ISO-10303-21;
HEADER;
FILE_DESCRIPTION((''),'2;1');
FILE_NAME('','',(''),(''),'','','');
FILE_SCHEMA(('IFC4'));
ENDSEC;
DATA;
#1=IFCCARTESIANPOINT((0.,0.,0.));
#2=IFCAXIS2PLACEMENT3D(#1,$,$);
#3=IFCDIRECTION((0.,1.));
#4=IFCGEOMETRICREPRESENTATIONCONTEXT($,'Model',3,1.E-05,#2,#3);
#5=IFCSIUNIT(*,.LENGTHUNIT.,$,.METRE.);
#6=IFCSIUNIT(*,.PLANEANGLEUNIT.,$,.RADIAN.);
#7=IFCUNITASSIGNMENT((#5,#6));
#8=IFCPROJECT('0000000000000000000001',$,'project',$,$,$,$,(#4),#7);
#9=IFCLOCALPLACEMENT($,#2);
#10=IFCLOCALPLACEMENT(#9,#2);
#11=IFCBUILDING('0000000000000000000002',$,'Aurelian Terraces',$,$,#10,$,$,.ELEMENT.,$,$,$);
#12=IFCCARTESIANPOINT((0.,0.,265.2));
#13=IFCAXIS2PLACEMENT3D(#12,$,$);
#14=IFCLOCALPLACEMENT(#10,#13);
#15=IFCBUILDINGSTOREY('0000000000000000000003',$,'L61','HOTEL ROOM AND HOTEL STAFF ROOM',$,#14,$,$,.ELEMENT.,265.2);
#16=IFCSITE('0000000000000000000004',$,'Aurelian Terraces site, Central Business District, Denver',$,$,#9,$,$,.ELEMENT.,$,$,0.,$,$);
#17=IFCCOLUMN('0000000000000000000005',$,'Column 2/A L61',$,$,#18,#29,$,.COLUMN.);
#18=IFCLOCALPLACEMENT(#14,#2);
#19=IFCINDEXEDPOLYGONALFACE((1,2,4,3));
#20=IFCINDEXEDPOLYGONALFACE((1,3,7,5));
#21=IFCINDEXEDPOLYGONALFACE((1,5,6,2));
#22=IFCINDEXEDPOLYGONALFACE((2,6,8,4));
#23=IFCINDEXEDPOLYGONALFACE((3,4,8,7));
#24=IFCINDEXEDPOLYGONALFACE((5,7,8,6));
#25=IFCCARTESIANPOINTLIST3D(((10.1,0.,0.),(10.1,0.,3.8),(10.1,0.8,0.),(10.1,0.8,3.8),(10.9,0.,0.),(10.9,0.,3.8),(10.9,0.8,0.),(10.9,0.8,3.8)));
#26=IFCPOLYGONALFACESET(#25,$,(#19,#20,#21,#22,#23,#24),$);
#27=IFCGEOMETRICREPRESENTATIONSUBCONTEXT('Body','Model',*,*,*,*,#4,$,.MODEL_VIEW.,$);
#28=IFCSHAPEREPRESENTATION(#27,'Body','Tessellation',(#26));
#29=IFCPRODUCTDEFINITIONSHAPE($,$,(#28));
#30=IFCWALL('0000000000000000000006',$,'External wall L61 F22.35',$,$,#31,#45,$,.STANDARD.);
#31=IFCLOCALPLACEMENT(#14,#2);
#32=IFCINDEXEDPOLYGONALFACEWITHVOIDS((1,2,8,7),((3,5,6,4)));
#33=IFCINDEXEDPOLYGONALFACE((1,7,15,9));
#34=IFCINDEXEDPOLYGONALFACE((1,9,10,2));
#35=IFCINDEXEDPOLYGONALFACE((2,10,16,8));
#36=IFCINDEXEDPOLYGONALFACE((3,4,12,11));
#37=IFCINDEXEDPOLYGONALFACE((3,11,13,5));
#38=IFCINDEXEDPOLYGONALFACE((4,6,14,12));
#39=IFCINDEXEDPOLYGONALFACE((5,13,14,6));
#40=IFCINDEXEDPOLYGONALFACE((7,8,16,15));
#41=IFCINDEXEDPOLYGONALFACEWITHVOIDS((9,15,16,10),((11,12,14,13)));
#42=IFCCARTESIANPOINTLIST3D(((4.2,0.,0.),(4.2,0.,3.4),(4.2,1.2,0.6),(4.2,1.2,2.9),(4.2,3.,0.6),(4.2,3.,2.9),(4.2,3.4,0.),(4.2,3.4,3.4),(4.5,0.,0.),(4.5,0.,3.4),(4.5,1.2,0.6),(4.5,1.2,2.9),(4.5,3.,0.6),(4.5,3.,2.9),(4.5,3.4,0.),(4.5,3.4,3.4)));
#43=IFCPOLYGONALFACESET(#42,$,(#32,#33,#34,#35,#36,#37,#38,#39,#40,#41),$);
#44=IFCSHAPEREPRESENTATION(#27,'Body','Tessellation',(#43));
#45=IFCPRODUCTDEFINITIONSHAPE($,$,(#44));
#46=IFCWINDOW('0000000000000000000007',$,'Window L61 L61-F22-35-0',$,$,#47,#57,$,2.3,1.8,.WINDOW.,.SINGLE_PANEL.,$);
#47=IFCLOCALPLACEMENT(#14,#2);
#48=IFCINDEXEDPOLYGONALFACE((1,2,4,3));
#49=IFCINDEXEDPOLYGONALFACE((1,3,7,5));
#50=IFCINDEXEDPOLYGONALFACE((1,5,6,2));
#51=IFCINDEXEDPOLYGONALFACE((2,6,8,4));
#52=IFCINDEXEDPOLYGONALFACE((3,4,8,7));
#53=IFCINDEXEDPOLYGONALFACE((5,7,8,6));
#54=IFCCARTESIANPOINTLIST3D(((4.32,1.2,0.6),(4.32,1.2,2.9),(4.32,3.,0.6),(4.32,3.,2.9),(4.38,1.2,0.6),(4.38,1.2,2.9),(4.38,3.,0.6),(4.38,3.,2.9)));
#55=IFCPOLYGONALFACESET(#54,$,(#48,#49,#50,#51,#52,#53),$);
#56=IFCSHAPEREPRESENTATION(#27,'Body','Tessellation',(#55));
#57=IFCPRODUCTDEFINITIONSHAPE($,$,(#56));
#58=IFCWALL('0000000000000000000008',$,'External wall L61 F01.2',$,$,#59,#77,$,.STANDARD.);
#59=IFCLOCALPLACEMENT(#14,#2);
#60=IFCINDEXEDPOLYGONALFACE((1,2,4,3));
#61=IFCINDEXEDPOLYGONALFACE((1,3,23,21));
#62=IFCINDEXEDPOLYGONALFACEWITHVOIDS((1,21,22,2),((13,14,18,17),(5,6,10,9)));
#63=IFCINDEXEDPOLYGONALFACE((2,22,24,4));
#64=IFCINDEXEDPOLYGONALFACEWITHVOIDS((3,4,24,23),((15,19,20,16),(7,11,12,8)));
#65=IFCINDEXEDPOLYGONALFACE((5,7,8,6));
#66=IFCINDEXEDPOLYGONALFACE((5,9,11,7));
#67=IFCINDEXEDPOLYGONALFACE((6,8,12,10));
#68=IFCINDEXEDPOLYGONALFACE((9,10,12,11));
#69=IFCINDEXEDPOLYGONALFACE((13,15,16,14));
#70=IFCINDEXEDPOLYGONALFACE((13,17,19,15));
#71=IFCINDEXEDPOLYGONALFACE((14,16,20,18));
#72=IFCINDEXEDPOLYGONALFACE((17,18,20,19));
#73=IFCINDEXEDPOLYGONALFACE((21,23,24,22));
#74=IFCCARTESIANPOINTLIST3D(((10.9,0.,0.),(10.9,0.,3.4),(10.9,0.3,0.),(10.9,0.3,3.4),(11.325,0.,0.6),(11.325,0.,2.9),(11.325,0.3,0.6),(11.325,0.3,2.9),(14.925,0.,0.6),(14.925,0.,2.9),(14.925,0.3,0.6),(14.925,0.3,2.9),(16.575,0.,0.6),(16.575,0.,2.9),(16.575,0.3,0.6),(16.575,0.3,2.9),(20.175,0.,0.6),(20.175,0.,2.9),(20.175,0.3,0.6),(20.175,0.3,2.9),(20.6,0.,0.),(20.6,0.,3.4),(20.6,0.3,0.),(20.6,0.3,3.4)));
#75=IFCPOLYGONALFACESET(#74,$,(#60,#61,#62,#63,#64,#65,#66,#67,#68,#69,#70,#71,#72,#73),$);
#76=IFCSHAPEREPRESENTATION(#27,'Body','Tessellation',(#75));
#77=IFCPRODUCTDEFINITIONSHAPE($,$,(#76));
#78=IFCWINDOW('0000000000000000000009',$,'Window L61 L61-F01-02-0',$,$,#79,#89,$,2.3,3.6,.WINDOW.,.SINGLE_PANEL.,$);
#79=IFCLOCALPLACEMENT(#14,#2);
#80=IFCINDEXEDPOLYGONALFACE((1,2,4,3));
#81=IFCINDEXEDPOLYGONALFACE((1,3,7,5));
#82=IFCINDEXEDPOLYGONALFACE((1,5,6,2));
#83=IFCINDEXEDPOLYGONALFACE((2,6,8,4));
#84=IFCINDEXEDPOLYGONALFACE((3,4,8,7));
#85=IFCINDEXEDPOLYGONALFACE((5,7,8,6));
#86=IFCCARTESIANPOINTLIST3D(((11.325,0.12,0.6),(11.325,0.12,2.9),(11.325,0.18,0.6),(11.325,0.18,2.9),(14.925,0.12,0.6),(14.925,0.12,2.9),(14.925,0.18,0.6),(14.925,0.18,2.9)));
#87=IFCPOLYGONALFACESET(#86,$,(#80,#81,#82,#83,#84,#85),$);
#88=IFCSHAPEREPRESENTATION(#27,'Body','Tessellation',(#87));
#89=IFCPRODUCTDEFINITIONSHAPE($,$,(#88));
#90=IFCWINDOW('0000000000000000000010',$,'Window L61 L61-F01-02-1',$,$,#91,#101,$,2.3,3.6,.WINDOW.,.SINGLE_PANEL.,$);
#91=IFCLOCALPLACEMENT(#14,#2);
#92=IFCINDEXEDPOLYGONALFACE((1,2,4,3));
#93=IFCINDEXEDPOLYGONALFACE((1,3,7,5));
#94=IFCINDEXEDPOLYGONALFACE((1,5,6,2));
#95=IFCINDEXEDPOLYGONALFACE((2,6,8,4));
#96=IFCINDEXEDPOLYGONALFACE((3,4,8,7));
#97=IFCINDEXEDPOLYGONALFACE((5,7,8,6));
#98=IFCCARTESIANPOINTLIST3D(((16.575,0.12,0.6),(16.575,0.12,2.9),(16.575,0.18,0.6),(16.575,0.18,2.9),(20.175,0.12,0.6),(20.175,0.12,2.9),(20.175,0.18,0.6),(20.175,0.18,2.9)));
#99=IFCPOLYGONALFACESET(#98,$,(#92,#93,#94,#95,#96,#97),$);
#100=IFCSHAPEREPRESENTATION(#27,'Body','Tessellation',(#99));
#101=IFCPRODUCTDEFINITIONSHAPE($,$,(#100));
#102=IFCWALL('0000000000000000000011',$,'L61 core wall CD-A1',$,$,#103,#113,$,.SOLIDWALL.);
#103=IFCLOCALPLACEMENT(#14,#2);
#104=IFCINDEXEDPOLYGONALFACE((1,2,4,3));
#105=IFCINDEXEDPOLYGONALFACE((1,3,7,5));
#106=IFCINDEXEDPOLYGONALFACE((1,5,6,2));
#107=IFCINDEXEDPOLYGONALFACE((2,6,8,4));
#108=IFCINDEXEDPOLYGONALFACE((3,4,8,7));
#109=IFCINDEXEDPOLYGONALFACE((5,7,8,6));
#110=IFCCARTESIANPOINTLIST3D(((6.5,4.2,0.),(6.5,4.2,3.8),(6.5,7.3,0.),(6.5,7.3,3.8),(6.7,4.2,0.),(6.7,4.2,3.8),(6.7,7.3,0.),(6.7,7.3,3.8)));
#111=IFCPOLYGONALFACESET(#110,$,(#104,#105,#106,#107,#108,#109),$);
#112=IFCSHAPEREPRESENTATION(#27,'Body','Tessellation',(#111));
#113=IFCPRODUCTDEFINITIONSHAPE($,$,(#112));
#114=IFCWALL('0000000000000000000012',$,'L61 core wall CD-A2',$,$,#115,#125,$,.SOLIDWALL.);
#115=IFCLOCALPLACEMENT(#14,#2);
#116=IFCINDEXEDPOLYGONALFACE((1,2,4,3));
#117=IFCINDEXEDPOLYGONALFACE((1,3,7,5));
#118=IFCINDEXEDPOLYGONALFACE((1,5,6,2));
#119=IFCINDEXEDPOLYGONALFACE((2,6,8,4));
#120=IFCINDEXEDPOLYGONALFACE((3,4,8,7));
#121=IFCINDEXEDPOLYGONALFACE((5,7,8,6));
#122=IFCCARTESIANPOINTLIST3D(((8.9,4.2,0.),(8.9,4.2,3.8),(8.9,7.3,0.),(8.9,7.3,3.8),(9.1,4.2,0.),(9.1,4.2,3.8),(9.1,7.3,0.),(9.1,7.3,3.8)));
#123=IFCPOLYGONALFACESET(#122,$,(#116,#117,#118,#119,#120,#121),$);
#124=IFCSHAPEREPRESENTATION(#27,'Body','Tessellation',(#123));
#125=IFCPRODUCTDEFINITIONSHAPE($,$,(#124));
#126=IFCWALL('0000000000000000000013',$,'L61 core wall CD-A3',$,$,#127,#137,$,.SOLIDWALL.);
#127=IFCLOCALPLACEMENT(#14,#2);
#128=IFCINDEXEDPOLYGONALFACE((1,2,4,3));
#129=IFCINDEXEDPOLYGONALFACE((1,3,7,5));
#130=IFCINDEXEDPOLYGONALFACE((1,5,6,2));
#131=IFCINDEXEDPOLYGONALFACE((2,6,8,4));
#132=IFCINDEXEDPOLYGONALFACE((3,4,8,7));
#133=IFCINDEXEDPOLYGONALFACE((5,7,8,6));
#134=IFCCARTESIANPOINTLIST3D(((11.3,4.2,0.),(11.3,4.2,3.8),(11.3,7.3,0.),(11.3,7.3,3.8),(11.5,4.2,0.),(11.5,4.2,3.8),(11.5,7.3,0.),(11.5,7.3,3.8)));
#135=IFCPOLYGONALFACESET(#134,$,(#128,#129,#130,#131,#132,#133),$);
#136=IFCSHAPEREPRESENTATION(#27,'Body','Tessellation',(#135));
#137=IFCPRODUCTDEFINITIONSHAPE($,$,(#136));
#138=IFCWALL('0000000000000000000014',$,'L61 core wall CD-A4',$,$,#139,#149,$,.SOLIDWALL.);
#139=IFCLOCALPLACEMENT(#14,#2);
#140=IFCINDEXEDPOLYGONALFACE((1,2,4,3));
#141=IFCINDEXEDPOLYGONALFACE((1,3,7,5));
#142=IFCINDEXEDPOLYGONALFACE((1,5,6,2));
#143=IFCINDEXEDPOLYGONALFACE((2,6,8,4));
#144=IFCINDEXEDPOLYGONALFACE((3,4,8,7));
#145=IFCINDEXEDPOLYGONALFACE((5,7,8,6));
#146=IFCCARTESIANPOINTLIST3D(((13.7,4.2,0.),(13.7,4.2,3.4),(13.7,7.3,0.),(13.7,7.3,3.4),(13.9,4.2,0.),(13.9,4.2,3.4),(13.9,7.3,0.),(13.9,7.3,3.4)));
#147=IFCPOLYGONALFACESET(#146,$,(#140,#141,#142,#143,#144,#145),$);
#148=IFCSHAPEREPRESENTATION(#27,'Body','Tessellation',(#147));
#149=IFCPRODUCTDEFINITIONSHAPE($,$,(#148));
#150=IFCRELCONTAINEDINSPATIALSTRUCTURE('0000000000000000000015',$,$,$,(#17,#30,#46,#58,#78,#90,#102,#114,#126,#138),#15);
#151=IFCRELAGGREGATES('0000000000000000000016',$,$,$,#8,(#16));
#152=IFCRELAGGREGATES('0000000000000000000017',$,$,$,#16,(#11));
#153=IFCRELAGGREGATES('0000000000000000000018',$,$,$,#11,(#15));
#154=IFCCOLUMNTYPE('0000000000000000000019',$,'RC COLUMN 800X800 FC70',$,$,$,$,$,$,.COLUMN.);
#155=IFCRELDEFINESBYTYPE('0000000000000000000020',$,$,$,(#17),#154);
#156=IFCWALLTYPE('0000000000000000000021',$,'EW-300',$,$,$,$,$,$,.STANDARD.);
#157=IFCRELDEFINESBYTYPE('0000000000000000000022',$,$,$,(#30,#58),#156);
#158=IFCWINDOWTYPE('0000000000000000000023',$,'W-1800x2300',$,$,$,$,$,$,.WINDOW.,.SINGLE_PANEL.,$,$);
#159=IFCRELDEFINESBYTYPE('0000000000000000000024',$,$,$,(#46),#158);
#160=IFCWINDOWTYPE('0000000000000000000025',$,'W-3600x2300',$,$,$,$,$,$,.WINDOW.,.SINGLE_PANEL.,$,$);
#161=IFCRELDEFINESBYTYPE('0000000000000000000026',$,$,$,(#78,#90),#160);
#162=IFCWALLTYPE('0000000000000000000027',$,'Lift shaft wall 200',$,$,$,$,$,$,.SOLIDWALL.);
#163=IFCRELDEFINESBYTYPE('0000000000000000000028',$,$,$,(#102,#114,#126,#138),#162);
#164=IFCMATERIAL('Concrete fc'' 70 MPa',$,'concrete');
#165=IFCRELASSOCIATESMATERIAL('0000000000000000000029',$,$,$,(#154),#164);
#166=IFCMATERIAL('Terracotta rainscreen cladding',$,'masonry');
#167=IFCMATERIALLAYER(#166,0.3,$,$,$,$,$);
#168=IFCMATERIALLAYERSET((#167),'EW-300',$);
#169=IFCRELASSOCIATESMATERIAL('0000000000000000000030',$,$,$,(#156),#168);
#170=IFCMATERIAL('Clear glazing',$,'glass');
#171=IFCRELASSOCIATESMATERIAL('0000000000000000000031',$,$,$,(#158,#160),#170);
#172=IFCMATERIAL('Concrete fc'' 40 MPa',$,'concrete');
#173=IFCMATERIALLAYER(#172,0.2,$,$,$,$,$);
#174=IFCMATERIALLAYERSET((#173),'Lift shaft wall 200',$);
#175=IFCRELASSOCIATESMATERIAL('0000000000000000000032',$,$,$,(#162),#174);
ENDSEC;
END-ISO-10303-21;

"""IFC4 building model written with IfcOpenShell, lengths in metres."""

from ifc_helpers import new_model, si_unit, direction, frame, frame_2d, origin, origin_2d, place, context, subcontext, project, spatial, rectangle, extrude, source, transform, mapped, material, layer, layer_set, material_profile, profile_set, type_object, element, fill, save


model = new_model("IFC4")

# Units and contexts
model_context = context("Model", 3, precision=1e-05, world=origin(), true_north=direction((0.0, 1.0)))
body_context = subcontext(model_context, "Body", "Model", "MODEL_VIEW")
ifc_project = project(units=[si_unit("LENGTHUNIT", "METRE"), si_unit("PLANEANGLEUNIT", "RADIAN")], contexts=[model_context])

# Site, building, storey
site_placement = place(None, origin())
site = spatial("IfcSite", under=ifc_project, at=site_placement, Name="Aurelian Terraces site, Central Business District, Denver", CompositionType="ELEMENT", RefElevation=0.0)
building_placement = place(site_placement, origin())
building = spatial("IfcBuilding", under=site, at=building_placement, Name="Aurelian Terraces", CompositionType="ELEMENT")
storey_placement = place(building_placement, frame((0.0, 0.0, 265.2)))
storey = spatial("IfcBuildingStorey", under=building, at=storey_placement, Name="L61", Description="HOTEL ROOM AND HOTEL STAFF ROOM", CompositionType="ELEMENT", Elevation=265.2)

# Column
ifc_material_1 = material(Name="Concrete fc' 70 MPa", Category="concrete")
ifc_material_profile = material_profile(ifc_material_1, rectangle(XDim=0.8, YDim=0.8, at=origin_2d()))
ifc_profile_set = profile_set([ifc_material_profile], Name="Concrete fc' 70 MPa")
column_type = type_object("IfcColumnType", Name="RC COLUMN 800X800 FC70", PredefinedType="COLUMN", material=ifc_profile_set)
shared_shape_1 = source(origin(), body_context, "Body", "SweptSolid", [
    extrude(rectangle(XDim=0.8, YDim=0.8, at=origin_2d()), origin(), (0.0, 0.0, 1.0), 3.8),
])
column_placement = place(storey_placement, frame((10.5, 0.4, 0.0), z_axis=(0.0, 0.0, 1.0), x_axis=(1.0, 0.0, 0.0)))
element("IfcColumn", 1, at=column_placement, inside=storey, type_object=column_type, Name="Column 2/A L61", PredefinedType="COLUMN", context=body_context, shape_type="MappedRepresentation", body=[
    mapped(shared_shape_1, transform((0.0, 0.0, 0.0), scale=1.0)),
])

# Wall, opening, window
ifc_material_2 = material(Name="Terracotta rainscreen cladding", Category="masonry")
ifc_layer_1 = layer(ifc_material_2, 0.3)
ifc_layer_set_1 = layer_set([ifc_layer_1], Name="EW-300")
wall_type_1 = type_object("IfcWallType", Name="EW-300", PredefinedType="STANDARD", material=ifc_layer_set_1)
shared_shape_2 = source(origin(), body_context, "Body", "SweptSolid", [
    extrude(rectangle(XDim=3.4, YDim=0.3, at=frame_2d((1.7, 0.0))), origin(), (0.0, 0.0, 1.0), 3.4),
])
wall_1_placement = place(storey_placement, frame((4.35, 3.4, 0.0), z_axis=(0.0, 0.0, 1.0), x_axis=(0.0, -1.0, 0.0)))
wall_1 = element("IfcWall", 2, at=wall_1_placement, inside=storey, type_object=wall_type_1, Name="External wall L61 F22.35", PredefinedType="STANDARD", context=body_context, shape_type="MappedRepresentation", body=[
    mapped(shared_shape_2, transform((0.0, 0.0, 0.0), scale=1.0)),
])
shared_shape_3 = source(origin(), body_context, "Body", "SweptSolid", [
    extrude(rectangle(XDim=1.8, YDim=2.3, at=frame_2d((0.9, 1.15))), frame((0.0, 0.16, 0.0), z_axis=(0.0, -1.0, 0.0), x_axis=(1.0, 0.0, 0.0)), (0.0, 0.0, 1.0), 0.32),
])
opening_1_placement = place(wall_1_placement, frame((0.4, 0.0, 0.6)))
opening_1 = element("IfcOpeningElement", 3, at=opening_1_placement, cuts=wall_1, PredefinedType="OPENING", context=body_context, shape_type="MappedRepresentation", body=[
    mapped(shared_shape_3, transform((0.0, 0.0, 0.0), scale=1.0)),
])
ifc_material_3 = material(Name="Clear glazing", Category="glass")
window_type_1 = type_object("IfcWindowType", Name="W-1800x2300", PartitioningType="SINGLE_PANEL", PredefinedType="WINDOW", material=ifc_material_3)
shared_shape_4 = source(origin(), body_context, "Body", "SweptSolid", [
    extrude(rectangle(XDim=1.8, YDim=2.3, at=frame_2d((0.9, 1.15))), frame((0.0, 0.03, 0.0), z_axis=(0.0, -1.0, 0.0), x_axis=(1.0, 0.0, 0.0)), (0.0, 0.0, 1.0), 0.06),
])
window_1_placement = place(opening_1_placement, origin())
window_1 = element("IfcWindow", 4, at=window_1_placement, inside=storey, type_object=window_type_1, Name="Window L61 L61-F22-35-0", OverallHeight=2.3, OverallWidth=1.8, PartitioningType="SINGLE_PANEL", PredefinedType="WINDOW", context=body_context, shape_type="MappedRepresentation", body=[
    mapped(shared_shape_4, transform((0.0, 0.0, 0.0), scale=1.0)),
])
fill(opening_1, window_1)

# Wall, openings, windows
shared_shape_5 = source(origin(), body_context, "Body", "SweptSolid", [
    extrude(rectangle(XDim=9.7, YDim=0.3, at=frame_2d((4.85, 0.0))), origin(), (0.0, 0.0, 1.0), 3.4),
])
wall_2_placement = place(storey_placement, frame((10.9, 0.15, 0.0), z_axis=(0.0, 0.0, 1.0), x_axis=(1.0, 0.0, 0.0)))
wall_2 = element("IfcWall", 5, at=wall_2_placement, inside=storey, type_object=wall_type_1, Name="External wall L61 F01.2", PredefinedType="STANDARD", context=body_context, shape_type="MappedRepresentation", body=[
    mapped(shared_shape_5, transform((0.0, 0.0, 0.0), scale=1.0)),
])
shared_shape_6 = source(origin(), body_context, "Body", "SweptSolid", [
    extrude(rectangle(XDim=3.6, YDim=2.3, at=frame_2d((1.8, 1.15))), frame((0.0, 0.16, 0.0), z_axis=(0.0, -1.0, 0.0), x_axis=(1.0, 0.0, 0.0)), (0.0, 0.0, 1.0), 0.32),
])
opening_2_placement = place(wall_2_placement, frame((0.425, 0.0, 0.6)))
opening_2 = element("IfcOpeningElement", 6, at=opening_2_placement, cuts=wall_2, PredefinedType="OPENING", context=body_context, shape_type="MappedRepresentation", body=[
    mapped(shared_shape_6, transform((0.0, 0.0, 0.0), scale=1.0)),
])
opening_3_placement = place(wall_2_placement, frame((5.675, 0.0, 0.6)))
opening_3 = element("IfcOpeningElement", 7, at=opening_3_placement, cuts=wall_2, PredefinedType="OPENING", context=body_context, shape_type="MappedRepresentation", body=[
    mapped(shared_shape_6, transform((0.0, 0.0, 0.0), scale=1.0)),
])
window_type_2 = type_object("IfcWindowType", Name="W-3600x2300", PartitioningType="SINGLE_PANEL", PredefinedType="WINDOW", material=ifc_material_3)
shared_shape_7 = source(origin(), body_context, "Body", "SweptSolid", [
    extrude(rectangle(XDim=3.6, YDim=2.3, at=frame_2d((1.8, 1.15))), frame((0.0, 0.03, 0.0), z_axis=(0.0, -1.0, 0.0), x_axis=(1.0, 0.0, 0.0)), (0.0, 0.0, 1.0), 0.06),
])
window_2_placement = place(opening_2_placement, origin())
window_2 = element("IfcWindow", 8, at=window_2_placement, inside=storey, type_object=window_type_2, Name="Window L61 L61-F01-02-0", OverallHeight=2.3, OverallWidth=3.6, PartitioningType="SINGLE_PANEL", PredefinedType="WINDOW", context=body_context, shape_type="MappedRepresentation", body=[
    mapped(shared_shape_7, transform((0.0, 0.0, 0.0), scale=1.0)),
])
fill(opening_2, window_2)
window_3_placement = place(opening_3_placement, origin())
window_3 = element("IfcWindow", 9, at=window_3_placement, inside=storey, type_object=window_type_2, Name="Window L61 L61-F01-02-1", OverallHeight=2.3, OverallWidth=3.6, PartitioningType="SINGLE_PANEL", PredefinedType="WINDOW", context=body_context, shape_type="MappedRepresentation", body=[
    mapped(shared_shape_7, transform((0.0, 0.0, 0.0), scale=1.0)),
])
fill(opening_3, window_3)

# Walls
ifc_material_4 = material(Name="Concrete fc' 40 MPa", Category="concrete")
ifc_layer_2 = layer(ifc_material_4, 0.2)
ifc_layer_set_2 = layer_set([ifc_layer_2], Name="Lift shaft wall 200")
wall_type_2 = type_object("IfcWallType", Name="Lift shaft wall 200", PredefinedType="SOLIDWALL", material=ifc_layer_set_2)
shared_shape_8 = source(origin(), body_context, "Body", "SweptSolid", [
    extrude(rectangle(XDim=3.1, YDim=0.2, at=frame_2d((1.55, 0.0))), origin(), (0.0, 0.0, 1.0), 3.8),
])
for number, where, z_axis, x_axis, name in (
    (10, (6.6, 4.2, 0.0), (0.0, 0.0, 1.0), (0.0, 1.0, 0.0), "L61 core wall CD-A1"),
    (11, (9.0, 4.2, 0.0), (0.0, 0.0, 1.0), (0.0, 1.0, 0.0), "L61 core wall CD-A2"),
    (12, (11.4, 4.2, 0.0), (0.0, 0.0, 1.0), (0.0, 1.0, 0.0), "L61 core wall CD-A3"),
):
    element("IfcWall", number, at=place(storey_placement, frame(where, z_axis=z_axis, x_axis=x_axis)), inside=storey, type_object=wall_type_2, Name=name, PredefinedType="SOLIDWALL", context=body_context, shape_type="MappedRepresentation", body=[
        mapped(shared_shape_8, transform((0.0, 0.0, 0.0), scale=1.0)),
    ])
shared_shape_9 = source(origin(), body_context, "Body", "SweptSolid", [
    extrude(rectangle(XDim=3.1, YDim=0.2, at=frame_2d((1.55, 0.0))), origin(), (0.0, 0.0, 1.0), 3.4),
])
wall_3_placement = place(storey_placement, frame((13.8, 4.2, 0.0), z_axis=(0.0, 0.0, 1.0), x_axis=(0.0, 1.0, 0.0)))
element("IfcWall", 13, at=wall_3_placement, inside=storey, type_object=wall_type_2, Name="L61 core wall CD-A4", PredefinedType="SOLIDWALL", context=body_context, shape_type="MappedRepresentation", body=[
    mapped(shared_shape_9, transform((0.0, 0.0, 0.0), scale=1.0)),
])

save(model, "model.ifc")
